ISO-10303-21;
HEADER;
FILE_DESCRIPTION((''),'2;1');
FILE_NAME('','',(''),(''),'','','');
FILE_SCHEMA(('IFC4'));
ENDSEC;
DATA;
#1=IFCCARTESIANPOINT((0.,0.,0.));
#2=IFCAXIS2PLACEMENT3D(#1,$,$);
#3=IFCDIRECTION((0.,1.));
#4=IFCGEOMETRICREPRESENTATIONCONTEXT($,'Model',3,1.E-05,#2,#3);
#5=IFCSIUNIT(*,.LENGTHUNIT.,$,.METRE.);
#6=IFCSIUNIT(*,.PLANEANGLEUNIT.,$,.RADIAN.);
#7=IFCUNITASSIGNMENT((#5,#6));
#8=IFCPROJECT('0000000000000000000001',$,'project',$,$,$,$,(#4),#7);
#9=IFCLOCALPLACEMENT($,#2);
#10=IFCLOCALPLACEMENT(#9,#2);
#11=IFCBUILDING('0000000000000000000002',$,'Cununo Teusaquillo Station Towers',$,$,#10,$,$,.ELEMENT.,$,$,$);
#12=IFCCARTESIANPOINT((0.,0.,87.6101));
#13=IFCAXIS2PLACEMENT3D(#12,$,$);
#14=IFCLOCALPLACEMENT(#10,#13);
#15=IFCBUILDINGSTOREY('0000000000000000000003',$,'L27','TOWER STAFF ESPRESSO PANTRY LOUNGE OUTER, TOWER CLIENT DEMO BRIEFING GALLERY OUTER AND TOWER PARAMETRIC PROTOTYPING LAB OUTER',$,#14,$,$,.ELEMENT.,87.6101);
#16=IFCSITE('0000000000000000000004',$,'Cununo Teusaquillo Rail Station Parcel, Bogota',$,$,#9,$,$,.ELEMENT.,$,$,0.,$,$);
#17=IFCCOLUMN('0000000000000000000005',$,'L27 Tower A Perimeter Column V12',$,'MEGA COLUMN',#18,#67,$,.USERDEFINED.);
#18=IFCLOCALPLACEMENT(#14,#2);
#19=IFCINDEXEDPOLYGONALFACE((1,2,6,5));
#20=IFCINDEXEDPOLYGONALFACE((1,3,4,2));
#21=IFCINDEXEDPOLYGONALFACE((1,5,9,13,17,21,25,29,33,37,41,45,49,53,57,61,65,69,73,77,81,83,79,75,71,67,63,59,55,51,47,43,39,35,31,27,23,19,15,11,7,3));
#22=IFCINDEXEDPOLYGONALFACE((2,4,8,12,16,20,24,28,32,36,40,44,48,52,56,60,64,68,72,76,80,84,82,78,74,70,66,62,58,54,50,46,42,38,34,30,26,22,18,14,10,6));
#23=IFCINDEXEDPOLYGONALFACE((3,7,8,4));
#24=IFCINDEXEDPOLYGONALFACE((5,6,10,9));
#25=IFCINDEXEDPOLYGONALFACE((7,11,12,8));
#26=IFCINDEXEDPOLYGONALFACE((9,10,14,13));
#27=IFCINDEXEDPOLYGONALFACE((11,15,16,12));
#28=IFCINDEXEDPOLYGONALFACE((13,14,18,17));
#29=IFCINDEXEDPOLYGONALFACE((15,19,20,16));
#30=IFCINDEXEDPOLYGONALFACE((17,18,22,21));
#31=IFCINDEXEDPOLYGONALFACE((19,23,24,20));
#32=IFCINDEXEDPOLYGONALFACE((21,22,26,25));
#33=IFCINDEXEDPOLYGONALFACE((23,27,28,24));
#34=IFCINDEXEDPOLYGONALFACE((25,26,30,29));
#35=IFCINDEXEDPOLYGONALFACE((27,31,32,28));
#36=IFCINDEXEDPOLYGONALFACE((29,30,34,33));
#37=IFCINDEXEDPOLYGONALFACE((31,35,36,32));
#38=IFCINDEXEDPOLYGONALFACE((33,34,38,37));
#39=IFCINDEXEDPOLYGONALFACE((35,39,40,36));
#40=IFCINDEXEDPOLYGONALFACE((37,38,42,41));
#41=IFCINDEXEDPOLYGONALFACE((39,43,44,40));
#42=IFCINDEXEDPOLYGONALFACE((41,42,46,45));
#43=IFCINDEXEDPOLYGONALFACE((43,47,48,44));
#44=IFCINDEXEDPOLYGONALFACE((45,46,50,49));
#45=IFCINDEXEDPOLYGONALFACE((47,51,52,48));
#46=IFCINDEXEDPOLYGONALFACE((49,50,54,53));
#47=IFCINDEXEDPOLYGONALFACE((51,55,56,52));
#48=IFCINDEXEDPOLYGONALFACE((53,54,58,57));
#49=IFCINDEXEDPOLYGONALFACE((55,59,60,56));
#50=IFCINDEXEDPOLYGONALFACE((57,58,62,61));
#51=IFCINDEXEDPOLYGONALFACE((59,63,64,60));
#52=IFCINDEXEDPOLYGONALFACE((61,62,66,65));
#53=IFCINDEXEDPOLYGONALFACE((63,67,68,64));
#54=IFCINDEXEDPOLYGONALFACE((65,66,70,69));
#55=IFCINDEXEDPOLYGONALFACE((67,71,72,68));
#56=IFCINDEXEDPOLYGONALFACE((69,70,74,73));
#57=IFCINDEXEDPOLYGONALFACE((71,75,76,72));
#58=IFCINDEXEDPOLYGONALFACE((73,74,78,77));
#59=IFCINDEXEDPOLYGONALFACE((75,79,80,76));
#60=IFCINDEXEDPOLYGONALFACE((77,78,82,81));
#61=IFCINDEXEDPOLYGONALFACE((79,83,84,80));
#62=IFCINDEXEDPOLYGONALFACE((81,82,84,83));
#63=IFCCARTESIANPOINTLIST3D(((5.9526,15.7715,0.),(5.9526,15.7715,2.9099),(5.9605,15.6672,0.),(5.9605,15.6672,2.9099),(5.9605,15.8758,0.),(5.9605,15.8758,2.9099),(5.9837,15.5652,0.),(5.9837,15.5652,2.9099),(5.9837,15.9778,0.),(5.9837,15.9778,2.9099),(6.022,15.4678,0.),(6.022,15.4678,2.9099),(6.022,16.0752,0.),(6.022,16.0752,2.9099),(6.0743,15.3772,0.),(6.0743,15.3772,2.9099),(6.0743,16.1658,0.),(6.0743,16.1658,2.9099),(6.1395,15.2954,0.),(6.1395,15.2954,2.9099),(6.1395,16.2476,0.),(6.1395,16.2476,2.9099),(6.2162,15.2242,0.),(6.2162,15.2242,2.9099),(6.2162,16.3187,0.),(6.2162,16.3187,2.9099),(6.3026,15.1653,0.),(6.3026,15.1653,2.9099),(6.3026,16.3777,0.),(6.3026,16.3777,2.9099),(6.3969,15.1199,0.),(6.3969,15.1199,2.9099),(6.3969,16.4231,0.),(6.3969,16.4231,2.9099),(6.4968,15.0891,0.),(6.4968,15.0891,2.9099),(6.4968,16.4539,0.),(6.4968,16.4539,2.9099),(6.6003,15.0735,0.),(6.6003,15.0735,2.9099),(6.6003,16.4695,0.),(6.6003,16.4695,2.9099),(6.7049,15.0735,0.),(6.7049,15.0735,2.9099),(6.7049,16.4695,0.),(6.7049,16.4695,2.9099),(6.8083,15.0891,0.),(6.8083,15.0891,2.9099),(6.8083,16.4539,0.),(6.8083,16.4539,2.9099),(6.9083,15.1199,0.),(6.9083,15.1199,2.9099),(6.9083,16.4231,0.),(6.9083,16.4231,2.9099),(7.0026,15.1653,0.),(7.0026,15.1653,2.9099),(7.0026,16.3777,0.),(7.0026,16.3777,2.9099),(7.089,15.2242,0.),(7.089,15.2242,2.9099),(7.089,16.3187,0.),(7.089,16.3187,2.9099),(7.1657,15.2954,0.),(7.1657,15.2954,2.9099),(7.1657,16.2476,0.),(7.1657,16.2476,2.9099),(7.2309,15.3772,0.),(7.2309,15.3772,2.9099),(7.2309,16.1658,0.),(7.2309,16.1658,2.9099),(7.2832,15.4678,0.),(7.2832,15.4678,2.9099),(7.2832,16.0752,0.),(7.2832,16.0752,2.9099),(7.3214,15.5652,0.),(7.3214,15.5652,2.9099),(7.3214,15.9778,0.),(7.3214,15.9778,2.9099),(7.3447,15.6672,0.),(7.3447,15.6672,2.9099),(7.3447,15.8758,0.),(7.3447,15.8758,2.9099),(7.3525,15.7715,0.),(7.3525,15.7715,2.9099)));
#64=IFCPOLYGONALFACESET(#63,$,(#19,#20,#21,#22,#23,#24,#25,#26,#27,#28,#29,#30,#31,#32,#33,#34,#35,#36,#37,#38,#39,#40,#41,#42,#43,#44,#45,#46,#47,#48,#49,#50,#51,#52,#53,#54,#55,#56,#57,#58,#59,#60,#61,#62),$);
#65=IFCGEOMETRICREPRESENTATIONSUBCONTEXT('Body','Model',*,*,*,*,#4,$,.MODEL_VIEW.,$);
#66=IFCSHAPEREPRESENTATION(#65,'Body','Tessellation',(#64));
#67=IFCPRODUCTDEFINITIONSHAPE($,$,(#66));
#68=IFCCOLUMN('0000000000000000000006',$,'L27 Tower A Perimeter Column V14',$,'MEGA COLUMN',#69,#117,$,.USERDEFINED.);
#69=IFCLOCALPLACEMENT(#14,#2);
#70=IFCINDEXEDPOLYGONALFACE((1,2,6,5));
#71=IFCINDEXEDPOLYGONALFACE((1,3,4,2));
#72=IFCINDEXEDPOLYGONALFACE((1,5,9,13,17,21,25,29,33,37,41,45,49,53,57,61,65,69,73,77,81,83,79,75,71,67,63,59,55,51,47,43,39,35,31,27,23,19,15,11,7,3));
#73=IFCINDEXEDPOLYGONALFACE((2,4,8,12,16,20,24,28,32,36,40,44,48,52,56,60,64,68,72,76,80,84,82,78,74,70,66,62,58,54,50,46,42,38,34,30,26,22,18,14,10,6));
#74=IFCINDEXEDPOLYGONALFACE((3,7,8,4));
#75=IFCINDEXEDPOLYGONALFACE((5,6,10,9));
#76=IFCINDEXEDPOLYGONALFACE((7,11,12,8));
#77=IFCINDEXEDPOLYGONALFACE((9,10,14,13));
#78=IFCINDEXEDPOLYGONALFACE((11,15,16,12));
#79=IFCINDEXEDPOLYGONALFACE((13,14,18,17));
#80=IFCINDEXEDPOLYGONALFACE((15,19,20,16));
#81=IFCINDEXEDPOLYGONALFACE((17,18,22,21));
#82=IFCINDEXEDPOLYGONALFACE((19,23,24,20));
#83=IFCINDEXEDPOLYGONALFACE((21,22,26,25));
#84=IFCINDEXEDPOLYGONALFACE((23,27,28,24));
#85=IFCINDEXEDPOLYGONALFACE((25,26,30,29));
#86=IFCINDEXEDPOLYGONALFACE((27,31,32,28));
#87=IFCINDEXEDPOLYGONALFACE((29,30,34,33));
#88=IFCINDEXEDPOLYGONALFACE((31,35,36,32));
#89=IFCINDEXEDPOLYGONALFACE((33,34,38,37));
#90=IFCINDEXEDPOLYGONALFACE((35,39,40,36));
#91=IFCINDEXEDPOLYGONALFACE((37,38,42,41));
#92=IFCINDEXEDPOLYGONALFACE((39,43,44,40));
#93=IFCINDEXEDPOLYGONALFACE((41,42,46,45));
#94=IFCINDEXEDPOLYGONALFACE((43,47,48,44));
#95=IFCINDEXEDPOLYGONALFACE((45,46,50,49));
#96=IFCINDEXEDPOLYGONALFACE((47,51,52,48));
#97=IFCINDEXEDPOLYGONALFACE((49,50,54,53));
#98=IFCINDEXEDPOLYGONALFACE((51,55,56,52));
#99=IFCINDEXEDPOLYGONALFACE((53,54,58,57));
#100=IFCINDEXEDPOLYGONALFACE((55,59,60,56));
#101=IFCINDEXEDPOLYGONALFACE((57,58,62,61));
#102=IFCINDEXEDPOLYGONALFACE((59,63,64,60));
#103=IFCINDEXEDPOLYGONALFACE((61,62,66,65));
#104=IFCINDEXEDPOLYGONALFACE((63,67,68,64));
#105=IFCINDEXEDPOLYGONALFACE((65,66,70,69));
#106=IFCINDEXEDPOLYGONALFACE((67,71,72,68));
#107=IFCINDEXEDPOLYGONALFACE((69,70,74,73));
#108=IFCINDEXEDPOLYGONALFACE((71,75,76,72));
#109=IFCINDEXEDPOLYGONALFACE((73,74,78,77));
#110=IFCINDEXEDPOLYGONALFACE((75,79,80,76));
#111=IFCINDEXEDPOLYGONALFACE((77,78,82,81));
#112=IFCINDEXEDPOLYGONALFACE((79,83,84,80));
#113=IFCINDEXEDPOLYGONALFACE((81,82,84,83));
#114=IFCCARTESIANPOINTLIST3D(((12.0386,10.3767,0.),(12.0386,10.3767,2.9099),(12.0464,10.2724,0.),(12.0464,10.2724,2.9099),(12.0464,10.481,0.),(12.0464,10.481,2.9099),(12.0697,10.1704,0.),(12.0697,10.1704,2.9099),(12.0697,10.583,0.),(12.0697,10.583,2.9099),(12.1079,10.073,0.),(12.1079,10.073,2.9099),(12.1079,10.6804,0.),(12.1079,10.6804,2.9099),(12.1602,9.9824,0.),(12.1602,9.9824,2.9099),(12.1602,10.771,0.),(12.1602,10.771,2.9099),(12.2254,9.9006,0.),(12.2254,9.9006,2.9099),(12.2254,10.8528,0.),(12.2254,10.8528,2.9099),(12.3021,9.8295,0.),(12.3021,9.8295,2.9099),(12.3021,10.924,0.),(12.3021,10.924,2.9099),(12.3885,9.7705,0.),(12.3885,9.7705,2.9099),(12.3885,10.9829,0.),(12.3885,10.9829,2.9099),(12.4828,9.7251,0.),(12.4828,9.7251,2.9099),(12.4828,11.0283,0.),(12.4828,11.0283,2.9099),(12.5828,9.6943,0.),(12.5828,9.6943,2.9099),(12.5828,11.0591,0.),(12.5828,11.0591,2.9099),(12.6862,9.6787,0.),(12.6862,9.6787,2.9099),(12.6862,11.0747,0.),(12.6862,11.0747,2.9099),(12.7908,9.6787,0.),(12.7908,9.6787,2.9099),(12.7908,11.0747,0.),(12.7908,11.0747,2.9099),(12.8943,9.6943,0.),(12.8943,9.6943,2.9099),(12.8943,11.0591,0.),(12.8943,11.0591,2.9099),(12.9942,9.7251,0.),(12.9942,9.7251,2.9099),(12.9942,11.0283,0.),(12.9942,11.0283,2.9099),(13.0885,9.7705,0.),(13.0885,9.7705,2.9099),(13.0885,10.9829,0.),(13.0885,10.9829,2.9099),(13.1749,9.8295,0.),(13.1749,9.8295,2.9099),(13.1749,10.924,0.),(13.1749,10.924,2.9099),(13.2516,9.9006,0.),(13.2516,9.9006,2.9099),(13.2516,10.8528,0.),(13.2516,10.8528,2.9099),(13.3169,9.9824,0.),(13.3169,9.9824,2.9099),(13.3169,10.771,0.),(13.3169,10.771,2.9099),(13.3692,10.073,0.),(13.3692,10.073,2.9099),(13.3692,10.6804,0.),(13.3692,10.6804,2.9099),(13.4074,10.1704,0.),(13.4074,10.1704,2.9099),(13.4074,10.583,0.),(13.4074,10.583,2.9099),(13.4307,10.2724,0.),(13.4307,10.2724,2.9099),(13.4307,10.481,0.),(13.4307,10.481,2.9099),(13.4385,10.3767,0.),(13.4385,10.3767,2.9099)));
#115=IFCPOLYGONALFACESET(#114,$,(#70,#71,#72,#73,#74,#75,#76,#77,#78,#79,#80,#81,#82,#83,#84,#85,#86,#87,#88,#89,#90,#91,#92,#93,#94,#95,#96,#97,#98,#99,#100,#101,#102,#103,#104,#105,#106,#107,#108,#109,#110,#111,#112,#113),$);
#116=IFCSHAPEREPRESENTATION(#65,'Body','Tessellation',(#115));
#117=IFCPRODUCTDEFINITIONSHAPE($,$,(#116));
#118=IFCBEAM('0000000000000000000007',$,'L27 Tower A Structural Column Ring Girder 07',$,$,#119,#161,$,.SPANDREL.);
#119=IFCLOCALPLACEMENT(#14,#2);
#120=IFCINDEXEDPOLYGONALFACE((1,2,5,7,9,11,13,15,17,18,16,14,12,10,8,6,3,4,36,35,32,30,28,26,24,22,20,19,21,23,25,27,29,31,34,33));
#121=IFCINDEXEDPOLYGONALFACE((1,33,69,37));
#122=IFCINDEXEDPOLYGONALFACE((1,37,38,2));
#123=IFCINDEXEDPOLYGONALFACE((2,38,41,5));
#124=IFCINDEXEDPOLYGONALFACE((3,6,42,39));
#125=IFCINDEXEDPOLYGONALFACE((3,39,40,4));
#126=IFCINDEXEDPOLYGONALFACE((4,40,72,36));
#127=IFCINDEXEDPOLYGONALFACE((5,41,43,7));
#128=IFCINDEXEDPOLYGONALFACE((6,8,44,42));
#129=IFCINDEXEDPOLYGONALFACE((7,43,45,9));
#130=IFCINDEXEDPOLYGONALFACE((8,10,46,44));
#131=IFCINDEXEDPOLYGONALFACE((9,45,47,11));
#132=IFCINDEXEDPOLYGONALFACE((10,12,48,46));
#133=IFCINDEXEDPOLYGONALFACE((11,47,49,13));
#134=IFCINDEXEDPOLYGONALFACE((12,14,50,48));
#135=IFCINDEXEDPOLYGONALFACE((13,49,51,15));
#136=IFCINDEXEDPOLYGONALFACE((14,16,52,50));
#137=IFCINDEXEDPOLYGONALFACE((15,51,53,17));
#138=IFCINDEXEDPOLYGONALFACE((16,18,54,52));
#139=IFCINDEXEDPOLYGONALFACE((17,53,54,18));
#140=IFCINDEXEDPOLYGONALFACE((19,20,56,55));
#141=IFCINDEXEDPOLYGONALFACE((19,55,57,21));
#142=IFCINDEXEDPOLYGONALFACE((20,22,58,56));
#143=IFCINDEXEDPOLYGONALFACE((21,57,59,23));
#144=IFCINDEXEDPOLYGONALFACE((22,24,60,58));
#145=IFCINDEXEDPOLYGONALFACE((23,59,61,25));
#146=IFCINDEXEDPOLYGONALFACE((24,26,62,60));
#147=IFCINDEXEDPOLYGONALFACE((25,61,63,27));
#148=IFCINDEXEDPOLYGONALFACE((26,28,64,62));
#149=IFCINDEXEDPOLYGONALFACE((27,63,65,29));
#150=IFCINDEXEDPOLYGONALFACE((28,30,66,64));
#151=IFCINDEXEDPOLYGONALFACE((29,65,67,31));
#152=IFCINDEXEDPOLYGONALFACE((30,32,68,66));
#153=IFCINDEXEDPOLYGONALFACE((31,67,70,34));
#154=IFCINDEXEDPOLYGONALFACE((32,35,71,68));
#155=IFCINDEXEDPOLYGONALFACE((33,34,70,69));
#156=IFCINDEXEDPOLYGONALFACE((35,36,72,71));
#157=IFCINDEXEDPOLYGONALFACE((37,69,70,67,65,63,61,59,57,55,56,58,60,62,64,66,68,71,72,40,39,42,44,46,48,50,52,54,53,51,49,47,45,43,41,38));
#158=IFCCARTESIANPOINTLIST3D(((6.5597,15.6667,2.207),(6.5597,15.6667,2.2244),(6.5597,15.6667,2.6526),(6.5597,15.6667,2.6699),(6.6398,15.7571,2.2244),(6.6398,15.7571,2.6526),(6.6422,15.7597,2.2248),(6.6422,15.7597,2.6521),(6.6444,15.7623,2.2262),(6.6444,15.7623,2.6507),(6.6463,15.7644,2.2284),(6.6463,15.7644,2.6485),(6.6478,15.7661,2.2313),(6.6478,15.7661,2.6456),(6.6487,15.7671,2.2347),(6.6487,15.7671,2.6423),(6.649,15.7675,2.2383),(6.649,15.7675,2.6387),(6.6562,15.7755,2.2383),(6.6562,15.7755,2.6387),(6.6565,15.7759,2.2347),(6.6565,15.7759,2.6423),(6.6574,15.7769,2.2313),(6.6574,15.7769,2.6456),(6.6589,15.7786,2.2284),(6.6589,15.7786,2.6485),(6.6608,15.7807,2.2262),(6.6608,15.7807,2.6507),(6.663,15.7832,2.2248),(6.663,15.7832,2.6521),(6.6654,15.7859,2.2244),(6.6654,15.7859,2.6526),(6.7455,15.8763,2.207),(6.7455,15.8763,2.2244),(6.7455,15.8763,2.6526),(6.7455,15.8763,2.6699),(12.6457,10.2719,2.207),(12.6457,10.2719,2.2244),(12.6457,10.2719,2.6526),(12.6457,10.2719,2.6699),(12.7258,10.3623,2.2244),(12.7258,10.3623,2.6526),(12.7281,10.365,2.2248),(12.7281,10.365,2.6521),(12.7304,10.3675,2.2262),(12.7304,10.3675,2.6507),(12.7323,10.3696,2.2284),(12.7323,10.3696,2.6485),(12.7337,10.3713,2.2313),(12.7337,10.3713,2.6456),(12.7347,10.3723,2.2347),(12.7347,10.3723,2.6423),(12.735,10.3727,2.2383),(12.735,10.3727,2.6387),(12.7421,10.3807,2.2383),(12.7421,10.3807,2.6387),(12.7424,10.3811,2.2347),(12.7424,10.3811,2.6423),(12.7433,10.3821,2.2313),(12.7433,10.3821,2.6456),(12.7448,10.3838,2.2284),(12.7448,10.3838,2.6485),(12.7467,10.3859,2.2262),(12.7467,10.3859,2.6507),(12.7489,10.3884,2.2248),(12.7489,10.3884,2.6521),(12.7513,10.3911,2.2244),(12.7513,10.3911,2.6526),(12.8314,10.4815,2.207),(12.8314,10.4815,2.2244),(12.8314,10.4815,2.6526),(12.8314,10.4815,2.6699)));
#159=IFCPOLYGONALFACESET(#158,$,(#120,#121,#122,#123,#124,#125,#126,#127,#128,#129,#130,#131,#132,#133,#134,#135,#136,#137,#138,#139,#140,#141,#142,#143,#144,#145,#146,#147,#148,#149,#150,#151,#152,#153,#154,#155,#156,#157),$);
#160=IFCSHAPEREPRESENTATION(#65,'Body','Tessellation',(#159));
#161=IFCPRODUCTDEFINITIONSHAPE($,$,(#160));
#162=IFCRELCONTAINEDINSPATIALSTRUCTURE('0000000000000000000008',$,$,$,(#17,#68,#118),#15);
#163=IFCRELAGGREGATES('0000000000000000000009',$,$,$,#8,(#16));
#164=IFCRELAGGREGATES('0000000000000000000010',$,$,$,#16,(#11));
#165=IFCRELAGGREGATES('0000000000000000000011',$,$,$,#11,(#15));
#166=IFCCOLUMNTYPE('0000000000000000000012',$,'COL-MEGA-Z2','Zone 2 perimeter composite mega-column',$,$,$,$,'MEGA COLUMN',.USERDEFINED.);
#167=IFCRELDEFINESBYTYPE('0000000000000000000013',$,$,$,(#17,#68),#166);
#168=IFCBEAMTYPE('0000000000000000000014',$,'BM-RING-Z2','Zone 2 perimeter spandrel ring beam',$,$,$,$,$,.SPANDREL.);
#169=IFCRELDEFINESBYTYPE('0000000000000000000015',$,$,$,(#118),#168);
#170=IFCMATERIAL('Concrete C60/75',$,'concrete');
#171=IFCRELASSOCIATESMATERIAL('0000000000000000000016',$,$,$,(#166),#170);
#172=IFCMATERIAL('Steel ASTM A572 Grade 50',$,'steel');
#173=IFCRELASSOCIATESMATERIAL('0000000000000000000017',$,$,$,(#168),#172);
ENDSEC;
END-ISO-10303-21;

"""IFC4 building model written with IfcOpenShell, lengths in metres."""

from ifc_helpers import new_model, si_unit, direction, frame, origin, origin_2d, place, context, subcontext, project, spatial, circle, i_section, extrude, material, material_profile, profile_set, type_object, element, save


model = new_model("IFC4")

# Units and contexts
model_context = context("Model", 3, precision=1e-05, world=origin(), true_north=direction((0.0, 1.0)))
body_context = subcontext(model_context, "Body", "Model", "MODEL_VIEW")
ifc_project = project(units=[si_unit("LENGTHUNIT", "METRE"), si_unit("PLANEANGLEUNIT", "RADIAN")], contexts=[model_context])

# Site, building, storey
site_placement = place(None, origin())
site = spatial("IfcSite", under=ifc_project, at=site_placement, Name="Cununo Teusaquillo Rail Station Parcel, Bogota", CompositionType="ELEMENT", RefElevation=0.0)
building_placement = place(site_placement, origin())
building = spatial("IfcBuilding", under=site, at=building_placement, Name="Cununo Teusaquillo Station Towers", CompositionType="ELEMENT")
storey_placement = place(building_placement, frame((0.0, 0.0, 87.6101)))
storey = spatial("IfcBuildingStorey", under=building, at=storey_placement, Name="L27", Description="TOWER STAFF ESPRESSO PANTRY LOUNGE OUTER, TOWER CLIENT DEMO BRIEFING GALLERY OUTER AND TOWER PARAMETRIC PROTOTYPING LAB OUTER", CompositionType="ELEMENT", Elevation=87.6101)

# Columns
ifc_material_1 = material(Name="Concrete C60/75", Category="concrete")
ifc_material_profile_1 = material_profile(ifc_material_1, circle(Radius=0.7, at=origin_2d()), Name="RC-CIRC-1400")
ifc_profile_set_1 = profile_set([ifc_material_profile_1], Name="Concrete C60/75")
column_type = type_object("IfcColumnType", Name="COL-MEGA-Z2", Description="Zone 2 perimeter composite mega-column", ElementType="MEGA COLUMN", PredefinedType="USERDEFINED", material=ifc_profile_set_1)
for number, where, z_axis, x_axis, name in (
    (1, (6.6526, 15.7715, 0.0), (0.0, 0.0, 1.0), (1.0, 0.0, 0.0), "L27 Tower A Perimeter Column V12"),
    (2, (12.7385, 10.3767, 0.0), (0.0, 0.0, 1.0), (1.0, 0.0, 0.0), "L27 Tower A Perimeter Column V14"),
):
    element("IfcColumn", number, at=place(storey_placement, frame(where, z_axis=z_axis, x_axis=x_axis)), inside=storey, type_object=column_type, Name=name, ObjectType="MEGA COLUMN", PredefinedType="USERDEFINED", context=body_context, shape_type="SweptSolid", body=[
        extrude(circle(Radius=0.7, at=origin_2d()), origin(), (0.0, 0.0, 1.0), 2.9099),
    ])

# Beam
ifc_material_2 = material(Name="Steel ASTM A572 Grade 50", Category="steel")
ifc_material_profile_2 = material_profile(ifc_material_2, i_section(OverallWidth=0.28, OverallDepth=0.4629, WebThickness=0.0107, FlangeThickness=0.0173, FilletRadius=0.0139, at=origin_2d()), Name="W18X76")
ifc_profile_set_2 = profile_set([ifc_material_profile_2], Name="Steel ASTM A572 Grade 50")
beam_type = type_object("IfcBeamType", Name="BM-RING-Z2", Description="Zone 2 perimeter spandrel ring beam", PredefinedType="SPANDREL", material=ifc_profile_set_2)
beam_1_placement = place(storey_placement, frame((6.6526, 15.7715, 2.4385), z_axis=(0.748321, -0.663337, 0.0), x_axis=(0.663337, 0.748321, 0.0)))
element("IfcBeam", 3, at=beam_1_placement, inside=storey, type_object=beam_type, Name="L27 Tower A Structural Column Ring Girder 07", PredefinedType="SPANDREL", context=body_context, shape_type="SweptSolid", body=[
    extrude(i_section(OverallWidth=0.28, OverallDepth=0.4629, WebThickness=0.0107, FlangeThickness=0.0173, FilletRadius=0.0139, at=origin_2d()), origin(), (0.0, 0.0, 1.0), 8.1328),
])

save(model, "model.ifc")
